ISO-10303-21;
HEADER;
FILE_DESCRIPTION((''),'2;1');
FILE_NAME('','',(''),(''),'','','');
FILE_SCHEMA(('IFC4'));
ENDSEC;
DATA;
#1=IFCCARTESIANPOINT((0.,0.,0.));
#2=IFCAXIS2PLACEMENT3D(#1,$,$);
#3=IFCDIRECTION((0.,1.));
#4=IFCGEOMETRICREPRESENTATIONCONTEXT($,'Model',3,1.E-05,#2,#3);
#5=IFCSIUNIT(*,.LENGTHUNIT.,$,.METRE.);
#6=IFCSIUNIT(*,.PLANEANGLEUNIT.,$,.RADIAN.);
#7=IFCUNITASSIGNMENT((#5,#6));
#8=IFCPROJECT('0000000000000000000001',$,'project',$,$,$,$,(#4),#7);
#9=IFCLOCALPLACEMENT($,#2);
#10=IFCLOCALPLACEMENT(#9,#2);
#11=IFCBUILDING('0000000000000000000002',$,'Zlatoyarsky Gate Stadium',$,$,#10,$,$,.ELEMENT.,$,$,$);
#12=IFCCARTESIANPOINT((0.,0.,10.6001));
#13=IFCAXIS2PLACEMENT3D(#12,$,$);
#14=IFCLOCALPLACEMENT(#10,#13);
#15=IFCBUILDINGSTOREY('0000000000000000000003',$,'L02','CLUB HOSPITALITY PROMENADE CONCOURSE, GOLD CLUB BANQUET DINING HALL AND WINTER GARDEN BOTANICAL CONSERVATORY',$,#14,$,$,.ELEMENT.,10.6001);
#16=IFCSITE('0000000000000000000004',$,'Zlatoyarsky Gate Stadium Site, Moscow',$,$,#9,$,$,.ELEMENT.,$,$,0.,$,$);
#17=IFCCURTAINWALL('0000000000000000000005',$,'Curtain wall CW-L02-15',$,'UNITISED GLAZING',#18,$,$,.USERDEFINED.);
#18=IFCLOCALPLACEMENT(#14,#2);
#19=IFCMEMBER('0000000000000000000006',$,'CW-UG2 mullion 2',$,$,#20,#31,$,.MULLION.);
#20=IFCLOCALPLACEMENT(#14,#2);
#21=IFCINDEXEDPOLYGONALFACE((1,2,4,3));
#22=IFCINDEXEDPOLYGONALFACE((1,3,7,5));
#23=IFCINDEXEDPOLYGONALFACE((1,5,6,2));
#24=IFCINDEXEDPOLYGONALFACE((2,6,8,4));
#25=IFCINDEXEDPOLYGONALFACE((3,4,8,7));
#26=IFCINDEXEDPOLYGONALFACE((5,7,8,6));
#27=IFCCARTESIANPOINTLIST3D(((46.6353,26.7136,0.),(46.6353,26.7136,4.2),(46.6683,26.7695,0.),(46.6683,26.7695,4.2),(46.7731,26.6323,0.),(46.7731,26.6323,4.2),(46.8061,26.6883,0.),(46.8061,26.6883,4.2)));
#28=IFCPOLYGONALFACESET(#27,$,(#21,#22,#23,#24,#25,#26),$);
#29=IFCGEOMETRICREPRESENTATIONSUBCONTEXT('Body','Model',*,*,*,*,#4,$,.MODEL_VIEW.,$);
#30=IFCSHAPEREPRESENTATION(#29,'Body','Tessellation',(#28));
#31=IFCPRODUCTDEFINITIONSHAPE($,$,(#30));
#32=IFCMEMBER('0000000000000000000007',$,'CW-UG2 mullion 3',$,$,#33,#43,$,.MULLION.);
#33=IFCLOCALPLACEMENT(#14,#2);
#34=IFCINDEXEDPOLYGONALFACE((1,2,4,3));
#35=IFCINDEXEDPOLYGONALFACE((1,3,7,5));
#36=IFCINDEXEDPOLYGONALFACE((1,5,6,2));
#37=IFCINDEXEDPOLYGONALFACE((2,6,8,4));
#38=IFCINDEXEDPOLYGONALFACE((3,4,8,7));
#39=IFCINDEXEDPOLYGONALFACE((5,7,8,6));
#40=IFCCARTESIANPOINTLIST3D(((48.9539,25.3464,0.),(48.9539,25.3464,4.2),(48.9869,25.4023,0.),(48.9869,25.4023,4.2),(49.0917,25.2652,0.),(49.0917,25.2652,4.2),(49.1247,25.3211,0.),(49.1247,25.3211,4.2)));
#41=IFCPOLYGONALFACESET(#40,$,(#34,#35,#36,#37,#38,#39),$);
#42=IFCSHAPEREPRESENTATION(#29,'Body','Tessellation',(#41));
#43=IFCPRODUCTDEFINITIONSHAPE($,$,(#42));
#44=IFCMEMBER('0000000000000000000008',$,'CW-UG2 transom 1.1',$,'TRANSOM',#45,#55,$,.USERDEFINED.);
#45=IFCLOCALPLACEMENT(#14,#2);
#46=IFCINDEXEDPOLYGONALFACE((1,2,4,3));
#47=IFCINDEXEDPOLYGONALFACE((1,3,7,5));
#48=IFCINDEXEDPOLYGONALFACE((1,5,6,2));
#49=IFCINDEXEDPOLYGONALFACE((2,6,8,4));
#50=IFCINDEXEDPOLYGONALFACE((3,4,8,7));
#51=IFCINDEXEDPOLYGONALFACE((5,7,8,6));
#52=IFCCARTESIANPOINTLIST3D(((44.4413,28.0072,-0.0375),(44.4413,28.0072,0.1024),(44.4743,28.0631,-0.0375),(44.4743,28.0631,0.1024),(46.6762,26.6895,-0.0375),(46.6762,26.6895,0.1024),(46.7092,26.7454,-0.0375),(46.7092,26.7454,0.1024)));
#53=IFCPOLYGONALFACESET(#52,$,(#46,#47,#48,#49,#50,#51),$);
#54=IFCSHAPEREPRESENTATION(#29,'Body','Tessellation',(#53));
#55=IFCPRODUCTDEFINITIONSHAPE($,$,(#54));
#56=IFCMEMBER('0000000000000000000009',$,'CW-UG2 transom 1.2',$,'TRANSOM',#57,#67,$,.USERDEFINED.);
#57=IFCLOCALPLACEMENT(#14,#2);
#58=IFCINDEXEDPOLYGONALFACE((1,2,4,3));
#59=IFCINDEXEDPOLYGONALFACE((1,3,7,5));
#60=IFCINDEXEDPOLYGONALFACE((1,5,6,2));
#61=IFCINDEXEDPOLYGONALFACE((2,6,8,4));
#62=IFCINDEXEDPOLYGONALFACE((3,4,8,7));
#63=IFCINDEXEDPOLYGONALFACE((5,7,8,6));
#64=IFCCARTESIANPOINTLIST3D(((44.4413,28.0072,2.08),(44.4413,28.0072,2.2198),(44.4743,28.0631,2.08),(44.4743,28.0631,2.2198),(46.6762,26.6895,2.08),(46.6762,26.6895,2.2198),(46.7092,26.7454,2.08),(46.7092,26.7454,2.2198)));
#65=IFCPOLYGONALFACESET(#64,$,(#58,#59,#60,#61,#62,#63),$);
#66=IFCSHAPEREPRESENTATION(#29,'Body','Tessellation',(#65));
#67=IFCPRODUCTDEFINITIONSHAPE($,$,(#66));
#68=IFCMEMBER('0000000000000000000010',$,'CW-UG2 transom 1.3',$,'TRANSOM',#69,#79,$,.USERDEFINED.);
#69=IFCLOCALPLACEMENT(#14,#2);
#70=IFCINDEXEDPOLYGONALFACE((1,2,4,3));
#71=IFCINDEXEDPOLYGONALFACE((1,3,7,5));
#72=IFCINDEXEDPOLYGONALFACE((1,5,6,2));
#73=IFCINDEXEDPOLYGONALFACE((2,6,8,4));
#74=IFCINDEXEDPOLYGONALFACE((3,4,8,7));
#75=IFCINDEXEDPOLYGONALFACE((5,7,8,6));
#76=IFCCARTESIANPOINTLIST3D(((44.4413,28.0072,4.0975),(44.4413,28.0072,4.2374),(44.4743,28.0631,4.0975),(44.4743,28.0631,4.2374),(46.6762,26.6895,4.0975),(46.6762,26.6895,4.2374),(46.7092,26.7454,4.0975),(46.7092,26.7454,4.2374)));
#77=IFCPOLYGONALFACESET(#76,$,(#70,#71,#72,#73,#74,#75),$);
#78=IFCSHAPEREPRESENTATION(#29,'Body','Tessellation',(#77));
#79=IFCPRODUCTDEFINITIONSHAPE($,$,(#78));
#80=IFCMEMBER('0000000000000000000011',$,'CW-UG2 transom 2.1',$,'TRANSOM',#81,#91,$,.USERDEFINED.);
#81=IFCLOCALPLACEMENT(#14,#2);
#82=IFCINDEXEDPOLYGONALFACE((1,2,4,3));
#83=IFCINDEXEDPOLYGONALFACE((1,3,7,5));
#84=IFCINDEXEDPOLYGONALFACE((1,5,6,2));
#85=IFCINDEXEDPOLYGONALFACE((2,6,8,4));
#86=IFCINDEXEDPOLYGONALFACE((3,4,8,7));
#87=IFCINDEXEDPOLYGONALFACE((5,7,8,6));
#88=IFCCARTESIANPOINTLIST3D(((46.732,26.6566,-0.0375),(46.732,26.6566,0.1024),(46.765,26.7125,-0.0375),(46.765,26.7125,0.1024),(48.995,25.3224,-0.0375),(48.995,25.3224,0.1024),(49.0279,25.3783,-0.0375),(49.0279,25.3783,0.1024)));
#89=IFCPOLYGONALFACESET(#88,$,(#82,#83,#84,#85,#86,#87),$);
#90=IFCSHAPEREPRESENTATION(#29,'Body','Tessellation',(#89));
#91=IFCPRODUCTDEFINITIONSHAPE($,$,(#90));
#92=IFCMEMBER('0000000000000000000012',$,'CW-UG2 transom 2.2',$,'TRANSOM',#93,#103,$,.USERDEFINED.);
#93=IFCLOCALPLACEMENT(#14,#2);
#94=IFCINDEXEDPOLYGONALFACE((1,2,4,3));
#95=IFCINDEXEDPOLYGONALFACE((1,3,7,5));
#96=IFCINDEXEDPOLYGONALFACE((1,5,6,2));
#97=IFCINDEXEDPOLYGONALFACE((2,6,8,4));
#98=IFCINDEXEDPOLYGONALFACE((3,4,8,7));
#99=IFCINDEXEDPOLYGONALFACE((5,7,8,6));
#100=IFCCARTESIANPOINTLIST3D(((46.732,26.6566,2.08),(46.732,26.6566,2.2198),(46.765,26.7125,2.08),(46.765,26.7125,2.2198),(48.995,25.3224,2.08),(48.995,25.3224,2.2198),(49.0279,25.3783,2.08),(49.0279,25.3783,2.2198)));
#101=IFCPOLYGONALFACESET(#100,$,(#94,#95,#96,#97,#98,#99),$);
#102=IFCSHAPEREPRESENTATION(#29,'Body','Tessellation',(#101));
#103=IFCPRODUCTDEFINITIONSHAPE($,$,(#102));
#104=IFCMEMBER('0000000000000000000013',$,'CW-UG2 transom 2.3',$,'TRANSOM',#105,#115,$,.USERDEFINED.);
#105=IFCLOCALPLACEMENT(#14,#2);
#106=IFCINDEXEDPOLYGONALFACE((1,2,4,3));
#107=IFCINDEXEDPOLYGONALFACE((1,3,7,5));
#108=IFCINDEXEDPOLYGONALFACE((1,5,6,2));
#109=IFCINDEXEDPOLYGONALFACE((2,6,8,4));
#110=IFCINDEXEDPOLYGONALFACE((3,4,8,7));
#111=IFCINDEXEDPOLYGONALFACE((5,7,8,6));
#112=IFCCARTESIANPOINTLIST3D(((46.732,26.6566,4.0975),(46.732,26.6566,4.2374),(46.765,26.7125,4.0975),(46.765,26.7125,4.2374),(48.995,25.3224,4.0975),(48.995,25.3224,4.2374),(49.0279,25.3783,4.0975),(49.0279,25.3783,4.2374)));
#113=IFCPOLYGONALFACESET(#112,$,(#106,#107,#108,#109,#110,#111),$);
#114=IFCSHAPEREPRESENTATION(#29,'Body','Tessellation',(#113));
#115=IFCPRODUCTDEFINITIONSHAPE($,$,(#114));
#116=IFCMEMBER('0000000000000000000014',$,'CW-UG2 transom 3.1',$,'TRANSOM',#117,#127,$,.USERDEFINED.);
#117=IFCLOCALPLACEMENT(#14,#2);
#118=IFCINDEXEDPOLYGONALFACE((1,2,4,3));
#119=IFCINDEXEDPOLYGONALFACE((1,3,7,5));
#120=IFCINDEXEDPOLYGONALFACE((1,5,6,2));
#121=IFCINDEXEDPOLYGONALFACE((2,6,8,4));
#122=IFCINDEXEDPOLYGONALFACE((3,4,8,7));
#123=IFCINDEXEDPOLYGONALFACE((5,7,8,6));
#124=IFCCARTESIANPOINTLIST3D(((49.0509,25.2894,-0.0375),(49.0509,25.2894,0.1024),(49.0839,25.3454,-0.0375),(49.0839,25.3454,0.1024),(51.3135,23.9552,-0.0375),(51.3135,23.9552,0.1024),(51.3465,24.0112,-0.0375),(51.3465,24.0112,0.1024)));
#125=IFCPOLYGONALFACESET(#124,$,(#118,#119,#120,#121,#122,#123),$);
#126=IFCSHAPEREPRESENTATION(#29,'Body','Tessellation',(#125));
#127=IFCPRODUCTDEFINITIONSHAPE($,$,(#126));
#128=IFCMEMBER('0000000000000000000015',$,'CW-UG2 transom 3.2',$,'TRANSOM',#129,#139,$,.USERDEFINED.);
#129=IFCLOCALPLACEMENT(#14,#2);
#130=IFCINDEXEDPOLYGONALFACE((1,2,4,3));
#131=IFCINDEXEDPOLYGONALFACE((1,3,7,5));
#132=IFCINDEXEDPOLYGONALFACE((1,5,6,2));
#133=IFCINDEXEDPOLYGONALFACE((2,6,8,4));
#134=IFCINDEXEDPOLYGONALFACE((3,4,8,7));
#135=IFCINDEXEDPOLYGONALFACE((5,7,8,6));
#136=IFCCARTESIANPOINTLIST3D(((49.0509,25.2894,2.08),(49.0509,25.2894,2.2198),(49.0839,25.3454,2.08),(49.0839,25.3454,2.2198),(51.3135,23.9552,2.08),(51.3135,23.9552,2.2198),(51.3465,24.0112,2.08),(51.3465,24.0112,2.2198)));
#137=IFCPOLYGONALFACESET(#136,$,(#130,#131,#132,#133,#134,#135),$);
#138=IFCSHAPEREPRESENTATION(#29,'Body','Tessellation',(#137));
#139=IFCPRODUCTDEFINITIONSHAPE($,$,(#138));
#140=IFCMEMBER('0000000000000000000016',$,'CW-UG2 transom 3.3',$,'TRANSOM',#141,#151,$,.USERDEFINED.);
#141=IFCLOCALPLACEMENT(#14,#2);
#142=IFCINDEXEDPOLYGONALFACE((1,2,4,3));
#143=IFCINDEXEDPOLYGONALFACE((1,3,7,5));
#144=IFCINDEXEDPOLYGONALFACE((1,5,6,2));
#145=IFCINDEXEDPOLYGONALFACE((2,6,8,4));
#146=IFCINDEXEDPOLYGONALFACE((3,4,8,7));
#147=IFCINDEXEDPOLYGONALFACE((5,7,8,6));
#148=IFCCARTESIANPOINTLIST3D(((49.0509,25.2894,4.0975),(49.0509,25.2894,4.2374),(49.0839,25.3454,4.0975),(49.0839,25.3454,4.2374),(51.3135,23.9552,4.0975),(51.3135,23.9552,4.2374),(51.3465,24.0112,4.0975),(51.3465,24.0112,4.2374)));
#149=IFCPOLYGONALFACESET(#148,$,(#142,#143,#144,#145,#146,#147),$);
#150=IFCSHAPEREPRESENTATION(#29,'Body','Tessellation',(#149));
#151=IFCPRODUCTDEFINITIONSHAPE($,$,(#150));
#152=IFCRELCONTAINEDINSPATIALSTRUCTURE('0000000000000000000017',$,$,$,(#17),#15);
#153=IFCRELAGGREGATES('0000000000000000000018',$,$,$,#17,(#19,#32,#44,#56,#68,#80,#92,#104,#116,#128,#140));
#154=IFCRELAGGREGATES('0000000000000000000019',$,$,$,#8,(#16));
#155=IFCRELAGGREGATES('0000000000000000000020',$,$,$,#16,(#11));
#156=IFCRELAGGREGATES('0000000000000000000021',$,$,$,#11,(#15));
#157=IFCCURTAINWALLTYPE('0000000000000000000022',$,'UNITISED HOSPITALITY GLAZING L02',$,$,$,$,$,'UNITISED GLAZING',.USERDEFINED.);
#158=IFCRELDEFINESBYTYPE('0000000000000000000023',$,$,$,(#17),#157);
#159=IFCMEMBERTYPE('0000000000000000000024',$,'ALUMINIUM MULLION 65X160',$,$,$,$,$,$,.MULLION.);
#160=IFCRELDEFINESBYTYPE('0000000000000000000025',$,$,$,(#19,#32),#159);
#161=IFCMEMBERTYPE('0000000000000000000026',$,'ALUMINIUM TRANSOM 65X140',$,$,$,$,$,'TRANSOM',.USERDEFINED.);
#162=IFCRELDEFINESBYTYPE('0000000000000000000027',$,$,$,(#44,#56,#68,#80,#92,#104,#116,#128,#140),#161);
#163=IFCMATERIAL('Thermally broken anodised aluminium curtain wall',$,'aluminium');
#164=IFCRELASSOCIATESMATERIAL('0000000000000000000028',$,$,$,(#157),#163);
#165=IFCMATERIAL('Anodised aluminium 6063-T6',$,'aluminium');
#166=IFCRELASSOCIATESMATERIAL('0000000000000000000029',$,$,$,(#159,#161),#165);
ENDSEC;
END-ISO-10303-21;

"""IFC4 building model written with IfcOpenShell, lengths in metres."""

from ifc_helpers import new_model, si_unit, direction, frame, origin, origin_2d, place, context, subcontext, project, spatial, rectangle, extrude, material, material_profile, profile_set, type_object, element, aggregate, save


model = new_model("IFC4")

# Units and contexts
model_context = context("Model", 3, precision=1e-05, world=origin(), true_north=direction((0.0, 1.0)))
body_context = subcontext(model_context, "Body", "Model", "MODEL_VIEW")
ifc_project = project(units=[si_unit("LENGTHUNIT", "METRE"), si_unit("PLANEANGLEUNIT", "RADIAN")], contexts=[model_context])

# Site, building, storey
site_placement = place(None, origin())
site = spatial("IfcSite", under=ifc_project, at=site_placement, Name="Zlatoyarsky Gate Stadium Site, Moscow", CompositionType="ELEMENT", RefElevation=0.0)
building_placement = place(site_placement, origin())
building = spatial("IfcBuilding", under=site, at=building_placement, Name="Zlatoyarsky Gate Stadium", CompositionType="ELEMENT")
storey_placement = place(building_placement, frame((0.0, 0.0, 10.6001)))
storey = spatial("IfcBuildingStorey", under=building, at=storey_placement, Name="L02", Description="CLUB HOSPITALITY PROMENADE CONCOURSE, GOLD CLUB BANQUET DINING HALL AND WINTER GARDEN BOTANICAL CONSERVATORY", CompositionType="ELEMENT", Elevation=10.6001)

# Curtain wall, members
ifc_material_1 = material(Name="Thermally broken anodised aluminium curtain wall", Category="aluminium")
curtain_wall_type = type_object("IfcCurtainWallType", Name="UNITISED HOSPITALITY GLAZING L02", ElementType="UNITISED GLAZING", PredefinedType="USERDEFINED", material=ifc_material_1)
curtain_wall_placement = place(storey_placement, origin())
curtain_wall = element("IfcCurtainWall", 1, at=curtain_wall_placement, inside=storey, type_object=curtain_wall_type, Name="Curtain wall CW-L02-15", ObjectType="UNITISED GLAZING", PredefinedType="USERDEFINED")
ifc_material_2 = material(Name="Anodised aluminium 6063-T6", Category="aluminium")
ifc_material_profile_1 = material_profile(ifc_material_2, rectangle(XDim=0.0649, YDim=0.1599, at=origin_2d()), Name="ALU 65X160")
ifc_profile_set_1 = profile_set([ifc_material_profile_1], Name="Anodised aluminium 6063-T6")
member_type_1 = type_object("IfcMemberType", Name="ALUMINIUM MULLION 65X160", PredefinedType="MULLION", material=ifc_profile_set_1)
member_1_placement = place(storey_placement, frame((46.7207, 26.7009, 0.0), z_axis=(0.0, 0.0, 1.0), x_axis=(0.507884, 0.861425, 0.0)))
member_1 = element("IfcMember", 2, at=member_1_placement, type_object=member_type_1, Name="CW-UG2 mullion 2", PredefinedType="MULLION", context=body_context, shape_type="SweptSolid", body=[
    extrude(rectangle(XDim=0.0649, YDim=0.1599, at=origin_2d()), origin(), (0.0, 0.0, 1.0), 4.2),
])
member_2_placement = place(storey_placement, frame((49.0393, 25.3337, 0.0), z_axis=(0.0, 0.0, 1.0), x_axis=(0.507884, 0.861425, 0.0)))
member_2 = element("IfcMember", 3, at=member_2_placement, type_object=member_type_1, Name="CW-UG2 mullion 3", PredefinedType="MULLION", context=body_context, shape_type="SweptSolid", body=[
    extrude(rectangle(XDim=0.0649, YDim=0.1599, at=origin_2d()), origin(), (0.0, 0.0, 1.0), 4.2),
])
ifc_material_profile_2 = material_profile(ifc_material_2, rectangle(XDim=0.0649, YDim=0.1399, at=origin_2d()), Name="ALU 65X140")
ifc_profile_set_2 = profile_set([ifc_material_profile_2], Name="Anodised aluminium 6063-T6")
member_type_2 = type_object("IfcMemberType", Name="ALUMINIUM TRANSOM 65X140", ElementType="TRANSOM", PredefinedType="USERDEFINED", material=ifc_profile_set_2)
member_3_placement = place(storey_placement, frame((44.4578, 28.0352, 0.0325), z_axis=(0.861428, -0.507879, 0.0), x_axis=(0.507879, 0.861428, 0.0)))
member_3 = element("IfcMember", 4, at=member_3_placement, type_object=member_type_2, Name="CW-UG2 transom 1.1", ObjectType="TRANSOM", PredefinedType="USERDEFINED", context=body_context, shape_type="SweptSolid", body=[
    extrude(rectangle(XDim=0.0649, YDim=0.1399, at=origin_2d()), origin(), (0.0, 0.0, 1.0), 2.5945),
])
member_4_placement = place(storey_placement, frame((44.4578, 28.0352, 2.1499), z_axis=(0.861428, -0.507879, 0.0), x_axis=(0.507879, 0.861428, 0.0)))
member_4 = element("IfcMember", 5, at=member_4_placement, type_object=member_type_2, Name="CW-UG2 transom 1.2", ObjectType="TRANSOM", PredefinedType="USERDEFINED", context=body_context, shape_type="SweptSolid", body=[
    extrude(rectangle(XDim=0.0649, YDim=0.1399, at=origin_2d()), origin(), (0.0, 0.0, 1.0), 2.5945),
])
member_5_placement = place(storey_placement, frame((44.4578, 28.0352, 4.1675), z_axis=(0.861428, -0.507879, 0.0), x_axis=(0.507879, 0.861428, 0.0)))
member_5 = element("IfcMember", 6, at=member_5_placement, type_object=member_type_2, Name="CW-UG2 transom 1.3", ObjectType="TRANSOM", PredefinedType="USERDEFINED", context=body_context, shape_type="SweptSolid", body=[
    extrude(rectangle(XDim=0.0649, YDim=0.1399, at=origin_2d()), origin(), (0.0, 0.0, 1.0), 2.5945),
])
member_6_placement = place(storey_placement, frame((46.7485, 26.6846, 0.0325), z_axis=(0.86142, -0.507893, 0.0), x_axis=(0.507893, 0.86142, 0.0)))
member_6 = element("IfcMember", 7, at=member_6_placement, type_object=member_type_2, Name="CW-UG2 transom 2.1", ObjectType="TRANSOM", PredefinedType="USERDEFINED", context=body_context, shape_type="SweptSolid", body=[
    extrude(rectangle(XDim=0.0649, YDim=0.1399, at=origin_2d()), origin(), (0.0, 0.0, 1.0), 2.627),
])
member_7_placement = place(storey_placement, frame((46.7485, 26.6846, 2.1499), z_axis=(0.86142, -0.507893, 0.0), x_axis=(0.507893, 0.86142, 0.0)))
member_7 = element("IfcMember", 8, at=member_7_placement, type_object=member_type_2, Name="CW-UG2 transom 2.2", ObjectType="TRANSOM", PredefinedType="USERDEFINED", context=body_context, shape_type="SweptSolid", body=[
    extrude(rectangle(XDim=0.0649, YDim=0.1399, at=origin_2d()), origin(), (0.0, 0.0, 1.0), 2.627),
])
member_8_placement = place(storey_placement, frame((46.7485, 26.6846, 4.1675), z_axis=(0.86142, -0.507893, 0.0), x_axis=(0.507893, 0.86142, 0.0)))
member_8 = element("IfcMember", 9, at=member_8_placement, type_object=member_type_2, Name="CW-UG2 transom 2.3", ObjectType="TRANSOM", PredefinedType="USERDEFINED", context=body_context, shape_type="SweptSolid", body=[
    extrude(rectangle(XDim=0.0649, YDim=0.1399, at=origin_2d()), origin(), (0.0, 0.0, 1.0), 2.627),
])
member_9_placement = place(storey_placement, frame((49.0674, 25.3174, 0.0325), z_axis=(0.861396, -0.507934, 0.0), x_axis=(0.507934, 0.861396, 0.0)))
member_9 = element("IfcMember", 10, at=member_9_placement, type_object=member_type_2, Name="CW-UG2 transom 3.1", ObjectType="TRANSOM", PredefinedType="USERDEFINED", context=body_context, shape_type="SweptSolid", body=[
    extrude(rectangle(XDim=0.0649, YDim=0.1399, at=origin_2d()), origin(), (0.0, 0.0, 1.0), 2.6267),
])
member_10_placement = place(storey_placement, frame((49.0674, 25.3174, 2.1499), z_axis=(0.861396, -0.507934, 0.0), x_axis=(0.507934, 0.861396, 0.0)))
member_10 = element("IfcMember", 11, at=member_10_placement, type_object=member_type_2, Name="CW-UG2 transom 3.2", ObjectType="TRANSOM", PredefinedType="USERDEFINED", context=body_context, shape_type="SweptSolid", body=[
    extrude(rectangle(XDim=0.0649, YDim=0.1399, at=origin_2d()), origin(), (0.0, 0.0, 1.0), 2.6267),
])
member_11_placement = place(storey_placement, frame((49.0674, 25.3174, 4.1675), z_axis=(0.861396, -0.507934, 0.0), x_axis=(0.507934, 0.861396, 0.0)))
member_11 = element("IfcMember", 12, at=member_11_placement, type_object=member_type_2, Name="CW-UG2 transom 3.3", ObjectType="TRANSOM", PredefinedType="USERDEFINED", context=body_context, shape_type="SweptSolid", body=[
    extrude(rectangle(XDim=0.0649, YDim=0.1399, at=origin_2d()), origin(), (0.0, 0.0, 1.0), 2.6267),
])

aggregate(curtain_wall, [member_1, member_2, member_3, member_4, member_5, member_6, member_7, member_8, member_9, member_10, member_11])

save(model, "model.ifc")
